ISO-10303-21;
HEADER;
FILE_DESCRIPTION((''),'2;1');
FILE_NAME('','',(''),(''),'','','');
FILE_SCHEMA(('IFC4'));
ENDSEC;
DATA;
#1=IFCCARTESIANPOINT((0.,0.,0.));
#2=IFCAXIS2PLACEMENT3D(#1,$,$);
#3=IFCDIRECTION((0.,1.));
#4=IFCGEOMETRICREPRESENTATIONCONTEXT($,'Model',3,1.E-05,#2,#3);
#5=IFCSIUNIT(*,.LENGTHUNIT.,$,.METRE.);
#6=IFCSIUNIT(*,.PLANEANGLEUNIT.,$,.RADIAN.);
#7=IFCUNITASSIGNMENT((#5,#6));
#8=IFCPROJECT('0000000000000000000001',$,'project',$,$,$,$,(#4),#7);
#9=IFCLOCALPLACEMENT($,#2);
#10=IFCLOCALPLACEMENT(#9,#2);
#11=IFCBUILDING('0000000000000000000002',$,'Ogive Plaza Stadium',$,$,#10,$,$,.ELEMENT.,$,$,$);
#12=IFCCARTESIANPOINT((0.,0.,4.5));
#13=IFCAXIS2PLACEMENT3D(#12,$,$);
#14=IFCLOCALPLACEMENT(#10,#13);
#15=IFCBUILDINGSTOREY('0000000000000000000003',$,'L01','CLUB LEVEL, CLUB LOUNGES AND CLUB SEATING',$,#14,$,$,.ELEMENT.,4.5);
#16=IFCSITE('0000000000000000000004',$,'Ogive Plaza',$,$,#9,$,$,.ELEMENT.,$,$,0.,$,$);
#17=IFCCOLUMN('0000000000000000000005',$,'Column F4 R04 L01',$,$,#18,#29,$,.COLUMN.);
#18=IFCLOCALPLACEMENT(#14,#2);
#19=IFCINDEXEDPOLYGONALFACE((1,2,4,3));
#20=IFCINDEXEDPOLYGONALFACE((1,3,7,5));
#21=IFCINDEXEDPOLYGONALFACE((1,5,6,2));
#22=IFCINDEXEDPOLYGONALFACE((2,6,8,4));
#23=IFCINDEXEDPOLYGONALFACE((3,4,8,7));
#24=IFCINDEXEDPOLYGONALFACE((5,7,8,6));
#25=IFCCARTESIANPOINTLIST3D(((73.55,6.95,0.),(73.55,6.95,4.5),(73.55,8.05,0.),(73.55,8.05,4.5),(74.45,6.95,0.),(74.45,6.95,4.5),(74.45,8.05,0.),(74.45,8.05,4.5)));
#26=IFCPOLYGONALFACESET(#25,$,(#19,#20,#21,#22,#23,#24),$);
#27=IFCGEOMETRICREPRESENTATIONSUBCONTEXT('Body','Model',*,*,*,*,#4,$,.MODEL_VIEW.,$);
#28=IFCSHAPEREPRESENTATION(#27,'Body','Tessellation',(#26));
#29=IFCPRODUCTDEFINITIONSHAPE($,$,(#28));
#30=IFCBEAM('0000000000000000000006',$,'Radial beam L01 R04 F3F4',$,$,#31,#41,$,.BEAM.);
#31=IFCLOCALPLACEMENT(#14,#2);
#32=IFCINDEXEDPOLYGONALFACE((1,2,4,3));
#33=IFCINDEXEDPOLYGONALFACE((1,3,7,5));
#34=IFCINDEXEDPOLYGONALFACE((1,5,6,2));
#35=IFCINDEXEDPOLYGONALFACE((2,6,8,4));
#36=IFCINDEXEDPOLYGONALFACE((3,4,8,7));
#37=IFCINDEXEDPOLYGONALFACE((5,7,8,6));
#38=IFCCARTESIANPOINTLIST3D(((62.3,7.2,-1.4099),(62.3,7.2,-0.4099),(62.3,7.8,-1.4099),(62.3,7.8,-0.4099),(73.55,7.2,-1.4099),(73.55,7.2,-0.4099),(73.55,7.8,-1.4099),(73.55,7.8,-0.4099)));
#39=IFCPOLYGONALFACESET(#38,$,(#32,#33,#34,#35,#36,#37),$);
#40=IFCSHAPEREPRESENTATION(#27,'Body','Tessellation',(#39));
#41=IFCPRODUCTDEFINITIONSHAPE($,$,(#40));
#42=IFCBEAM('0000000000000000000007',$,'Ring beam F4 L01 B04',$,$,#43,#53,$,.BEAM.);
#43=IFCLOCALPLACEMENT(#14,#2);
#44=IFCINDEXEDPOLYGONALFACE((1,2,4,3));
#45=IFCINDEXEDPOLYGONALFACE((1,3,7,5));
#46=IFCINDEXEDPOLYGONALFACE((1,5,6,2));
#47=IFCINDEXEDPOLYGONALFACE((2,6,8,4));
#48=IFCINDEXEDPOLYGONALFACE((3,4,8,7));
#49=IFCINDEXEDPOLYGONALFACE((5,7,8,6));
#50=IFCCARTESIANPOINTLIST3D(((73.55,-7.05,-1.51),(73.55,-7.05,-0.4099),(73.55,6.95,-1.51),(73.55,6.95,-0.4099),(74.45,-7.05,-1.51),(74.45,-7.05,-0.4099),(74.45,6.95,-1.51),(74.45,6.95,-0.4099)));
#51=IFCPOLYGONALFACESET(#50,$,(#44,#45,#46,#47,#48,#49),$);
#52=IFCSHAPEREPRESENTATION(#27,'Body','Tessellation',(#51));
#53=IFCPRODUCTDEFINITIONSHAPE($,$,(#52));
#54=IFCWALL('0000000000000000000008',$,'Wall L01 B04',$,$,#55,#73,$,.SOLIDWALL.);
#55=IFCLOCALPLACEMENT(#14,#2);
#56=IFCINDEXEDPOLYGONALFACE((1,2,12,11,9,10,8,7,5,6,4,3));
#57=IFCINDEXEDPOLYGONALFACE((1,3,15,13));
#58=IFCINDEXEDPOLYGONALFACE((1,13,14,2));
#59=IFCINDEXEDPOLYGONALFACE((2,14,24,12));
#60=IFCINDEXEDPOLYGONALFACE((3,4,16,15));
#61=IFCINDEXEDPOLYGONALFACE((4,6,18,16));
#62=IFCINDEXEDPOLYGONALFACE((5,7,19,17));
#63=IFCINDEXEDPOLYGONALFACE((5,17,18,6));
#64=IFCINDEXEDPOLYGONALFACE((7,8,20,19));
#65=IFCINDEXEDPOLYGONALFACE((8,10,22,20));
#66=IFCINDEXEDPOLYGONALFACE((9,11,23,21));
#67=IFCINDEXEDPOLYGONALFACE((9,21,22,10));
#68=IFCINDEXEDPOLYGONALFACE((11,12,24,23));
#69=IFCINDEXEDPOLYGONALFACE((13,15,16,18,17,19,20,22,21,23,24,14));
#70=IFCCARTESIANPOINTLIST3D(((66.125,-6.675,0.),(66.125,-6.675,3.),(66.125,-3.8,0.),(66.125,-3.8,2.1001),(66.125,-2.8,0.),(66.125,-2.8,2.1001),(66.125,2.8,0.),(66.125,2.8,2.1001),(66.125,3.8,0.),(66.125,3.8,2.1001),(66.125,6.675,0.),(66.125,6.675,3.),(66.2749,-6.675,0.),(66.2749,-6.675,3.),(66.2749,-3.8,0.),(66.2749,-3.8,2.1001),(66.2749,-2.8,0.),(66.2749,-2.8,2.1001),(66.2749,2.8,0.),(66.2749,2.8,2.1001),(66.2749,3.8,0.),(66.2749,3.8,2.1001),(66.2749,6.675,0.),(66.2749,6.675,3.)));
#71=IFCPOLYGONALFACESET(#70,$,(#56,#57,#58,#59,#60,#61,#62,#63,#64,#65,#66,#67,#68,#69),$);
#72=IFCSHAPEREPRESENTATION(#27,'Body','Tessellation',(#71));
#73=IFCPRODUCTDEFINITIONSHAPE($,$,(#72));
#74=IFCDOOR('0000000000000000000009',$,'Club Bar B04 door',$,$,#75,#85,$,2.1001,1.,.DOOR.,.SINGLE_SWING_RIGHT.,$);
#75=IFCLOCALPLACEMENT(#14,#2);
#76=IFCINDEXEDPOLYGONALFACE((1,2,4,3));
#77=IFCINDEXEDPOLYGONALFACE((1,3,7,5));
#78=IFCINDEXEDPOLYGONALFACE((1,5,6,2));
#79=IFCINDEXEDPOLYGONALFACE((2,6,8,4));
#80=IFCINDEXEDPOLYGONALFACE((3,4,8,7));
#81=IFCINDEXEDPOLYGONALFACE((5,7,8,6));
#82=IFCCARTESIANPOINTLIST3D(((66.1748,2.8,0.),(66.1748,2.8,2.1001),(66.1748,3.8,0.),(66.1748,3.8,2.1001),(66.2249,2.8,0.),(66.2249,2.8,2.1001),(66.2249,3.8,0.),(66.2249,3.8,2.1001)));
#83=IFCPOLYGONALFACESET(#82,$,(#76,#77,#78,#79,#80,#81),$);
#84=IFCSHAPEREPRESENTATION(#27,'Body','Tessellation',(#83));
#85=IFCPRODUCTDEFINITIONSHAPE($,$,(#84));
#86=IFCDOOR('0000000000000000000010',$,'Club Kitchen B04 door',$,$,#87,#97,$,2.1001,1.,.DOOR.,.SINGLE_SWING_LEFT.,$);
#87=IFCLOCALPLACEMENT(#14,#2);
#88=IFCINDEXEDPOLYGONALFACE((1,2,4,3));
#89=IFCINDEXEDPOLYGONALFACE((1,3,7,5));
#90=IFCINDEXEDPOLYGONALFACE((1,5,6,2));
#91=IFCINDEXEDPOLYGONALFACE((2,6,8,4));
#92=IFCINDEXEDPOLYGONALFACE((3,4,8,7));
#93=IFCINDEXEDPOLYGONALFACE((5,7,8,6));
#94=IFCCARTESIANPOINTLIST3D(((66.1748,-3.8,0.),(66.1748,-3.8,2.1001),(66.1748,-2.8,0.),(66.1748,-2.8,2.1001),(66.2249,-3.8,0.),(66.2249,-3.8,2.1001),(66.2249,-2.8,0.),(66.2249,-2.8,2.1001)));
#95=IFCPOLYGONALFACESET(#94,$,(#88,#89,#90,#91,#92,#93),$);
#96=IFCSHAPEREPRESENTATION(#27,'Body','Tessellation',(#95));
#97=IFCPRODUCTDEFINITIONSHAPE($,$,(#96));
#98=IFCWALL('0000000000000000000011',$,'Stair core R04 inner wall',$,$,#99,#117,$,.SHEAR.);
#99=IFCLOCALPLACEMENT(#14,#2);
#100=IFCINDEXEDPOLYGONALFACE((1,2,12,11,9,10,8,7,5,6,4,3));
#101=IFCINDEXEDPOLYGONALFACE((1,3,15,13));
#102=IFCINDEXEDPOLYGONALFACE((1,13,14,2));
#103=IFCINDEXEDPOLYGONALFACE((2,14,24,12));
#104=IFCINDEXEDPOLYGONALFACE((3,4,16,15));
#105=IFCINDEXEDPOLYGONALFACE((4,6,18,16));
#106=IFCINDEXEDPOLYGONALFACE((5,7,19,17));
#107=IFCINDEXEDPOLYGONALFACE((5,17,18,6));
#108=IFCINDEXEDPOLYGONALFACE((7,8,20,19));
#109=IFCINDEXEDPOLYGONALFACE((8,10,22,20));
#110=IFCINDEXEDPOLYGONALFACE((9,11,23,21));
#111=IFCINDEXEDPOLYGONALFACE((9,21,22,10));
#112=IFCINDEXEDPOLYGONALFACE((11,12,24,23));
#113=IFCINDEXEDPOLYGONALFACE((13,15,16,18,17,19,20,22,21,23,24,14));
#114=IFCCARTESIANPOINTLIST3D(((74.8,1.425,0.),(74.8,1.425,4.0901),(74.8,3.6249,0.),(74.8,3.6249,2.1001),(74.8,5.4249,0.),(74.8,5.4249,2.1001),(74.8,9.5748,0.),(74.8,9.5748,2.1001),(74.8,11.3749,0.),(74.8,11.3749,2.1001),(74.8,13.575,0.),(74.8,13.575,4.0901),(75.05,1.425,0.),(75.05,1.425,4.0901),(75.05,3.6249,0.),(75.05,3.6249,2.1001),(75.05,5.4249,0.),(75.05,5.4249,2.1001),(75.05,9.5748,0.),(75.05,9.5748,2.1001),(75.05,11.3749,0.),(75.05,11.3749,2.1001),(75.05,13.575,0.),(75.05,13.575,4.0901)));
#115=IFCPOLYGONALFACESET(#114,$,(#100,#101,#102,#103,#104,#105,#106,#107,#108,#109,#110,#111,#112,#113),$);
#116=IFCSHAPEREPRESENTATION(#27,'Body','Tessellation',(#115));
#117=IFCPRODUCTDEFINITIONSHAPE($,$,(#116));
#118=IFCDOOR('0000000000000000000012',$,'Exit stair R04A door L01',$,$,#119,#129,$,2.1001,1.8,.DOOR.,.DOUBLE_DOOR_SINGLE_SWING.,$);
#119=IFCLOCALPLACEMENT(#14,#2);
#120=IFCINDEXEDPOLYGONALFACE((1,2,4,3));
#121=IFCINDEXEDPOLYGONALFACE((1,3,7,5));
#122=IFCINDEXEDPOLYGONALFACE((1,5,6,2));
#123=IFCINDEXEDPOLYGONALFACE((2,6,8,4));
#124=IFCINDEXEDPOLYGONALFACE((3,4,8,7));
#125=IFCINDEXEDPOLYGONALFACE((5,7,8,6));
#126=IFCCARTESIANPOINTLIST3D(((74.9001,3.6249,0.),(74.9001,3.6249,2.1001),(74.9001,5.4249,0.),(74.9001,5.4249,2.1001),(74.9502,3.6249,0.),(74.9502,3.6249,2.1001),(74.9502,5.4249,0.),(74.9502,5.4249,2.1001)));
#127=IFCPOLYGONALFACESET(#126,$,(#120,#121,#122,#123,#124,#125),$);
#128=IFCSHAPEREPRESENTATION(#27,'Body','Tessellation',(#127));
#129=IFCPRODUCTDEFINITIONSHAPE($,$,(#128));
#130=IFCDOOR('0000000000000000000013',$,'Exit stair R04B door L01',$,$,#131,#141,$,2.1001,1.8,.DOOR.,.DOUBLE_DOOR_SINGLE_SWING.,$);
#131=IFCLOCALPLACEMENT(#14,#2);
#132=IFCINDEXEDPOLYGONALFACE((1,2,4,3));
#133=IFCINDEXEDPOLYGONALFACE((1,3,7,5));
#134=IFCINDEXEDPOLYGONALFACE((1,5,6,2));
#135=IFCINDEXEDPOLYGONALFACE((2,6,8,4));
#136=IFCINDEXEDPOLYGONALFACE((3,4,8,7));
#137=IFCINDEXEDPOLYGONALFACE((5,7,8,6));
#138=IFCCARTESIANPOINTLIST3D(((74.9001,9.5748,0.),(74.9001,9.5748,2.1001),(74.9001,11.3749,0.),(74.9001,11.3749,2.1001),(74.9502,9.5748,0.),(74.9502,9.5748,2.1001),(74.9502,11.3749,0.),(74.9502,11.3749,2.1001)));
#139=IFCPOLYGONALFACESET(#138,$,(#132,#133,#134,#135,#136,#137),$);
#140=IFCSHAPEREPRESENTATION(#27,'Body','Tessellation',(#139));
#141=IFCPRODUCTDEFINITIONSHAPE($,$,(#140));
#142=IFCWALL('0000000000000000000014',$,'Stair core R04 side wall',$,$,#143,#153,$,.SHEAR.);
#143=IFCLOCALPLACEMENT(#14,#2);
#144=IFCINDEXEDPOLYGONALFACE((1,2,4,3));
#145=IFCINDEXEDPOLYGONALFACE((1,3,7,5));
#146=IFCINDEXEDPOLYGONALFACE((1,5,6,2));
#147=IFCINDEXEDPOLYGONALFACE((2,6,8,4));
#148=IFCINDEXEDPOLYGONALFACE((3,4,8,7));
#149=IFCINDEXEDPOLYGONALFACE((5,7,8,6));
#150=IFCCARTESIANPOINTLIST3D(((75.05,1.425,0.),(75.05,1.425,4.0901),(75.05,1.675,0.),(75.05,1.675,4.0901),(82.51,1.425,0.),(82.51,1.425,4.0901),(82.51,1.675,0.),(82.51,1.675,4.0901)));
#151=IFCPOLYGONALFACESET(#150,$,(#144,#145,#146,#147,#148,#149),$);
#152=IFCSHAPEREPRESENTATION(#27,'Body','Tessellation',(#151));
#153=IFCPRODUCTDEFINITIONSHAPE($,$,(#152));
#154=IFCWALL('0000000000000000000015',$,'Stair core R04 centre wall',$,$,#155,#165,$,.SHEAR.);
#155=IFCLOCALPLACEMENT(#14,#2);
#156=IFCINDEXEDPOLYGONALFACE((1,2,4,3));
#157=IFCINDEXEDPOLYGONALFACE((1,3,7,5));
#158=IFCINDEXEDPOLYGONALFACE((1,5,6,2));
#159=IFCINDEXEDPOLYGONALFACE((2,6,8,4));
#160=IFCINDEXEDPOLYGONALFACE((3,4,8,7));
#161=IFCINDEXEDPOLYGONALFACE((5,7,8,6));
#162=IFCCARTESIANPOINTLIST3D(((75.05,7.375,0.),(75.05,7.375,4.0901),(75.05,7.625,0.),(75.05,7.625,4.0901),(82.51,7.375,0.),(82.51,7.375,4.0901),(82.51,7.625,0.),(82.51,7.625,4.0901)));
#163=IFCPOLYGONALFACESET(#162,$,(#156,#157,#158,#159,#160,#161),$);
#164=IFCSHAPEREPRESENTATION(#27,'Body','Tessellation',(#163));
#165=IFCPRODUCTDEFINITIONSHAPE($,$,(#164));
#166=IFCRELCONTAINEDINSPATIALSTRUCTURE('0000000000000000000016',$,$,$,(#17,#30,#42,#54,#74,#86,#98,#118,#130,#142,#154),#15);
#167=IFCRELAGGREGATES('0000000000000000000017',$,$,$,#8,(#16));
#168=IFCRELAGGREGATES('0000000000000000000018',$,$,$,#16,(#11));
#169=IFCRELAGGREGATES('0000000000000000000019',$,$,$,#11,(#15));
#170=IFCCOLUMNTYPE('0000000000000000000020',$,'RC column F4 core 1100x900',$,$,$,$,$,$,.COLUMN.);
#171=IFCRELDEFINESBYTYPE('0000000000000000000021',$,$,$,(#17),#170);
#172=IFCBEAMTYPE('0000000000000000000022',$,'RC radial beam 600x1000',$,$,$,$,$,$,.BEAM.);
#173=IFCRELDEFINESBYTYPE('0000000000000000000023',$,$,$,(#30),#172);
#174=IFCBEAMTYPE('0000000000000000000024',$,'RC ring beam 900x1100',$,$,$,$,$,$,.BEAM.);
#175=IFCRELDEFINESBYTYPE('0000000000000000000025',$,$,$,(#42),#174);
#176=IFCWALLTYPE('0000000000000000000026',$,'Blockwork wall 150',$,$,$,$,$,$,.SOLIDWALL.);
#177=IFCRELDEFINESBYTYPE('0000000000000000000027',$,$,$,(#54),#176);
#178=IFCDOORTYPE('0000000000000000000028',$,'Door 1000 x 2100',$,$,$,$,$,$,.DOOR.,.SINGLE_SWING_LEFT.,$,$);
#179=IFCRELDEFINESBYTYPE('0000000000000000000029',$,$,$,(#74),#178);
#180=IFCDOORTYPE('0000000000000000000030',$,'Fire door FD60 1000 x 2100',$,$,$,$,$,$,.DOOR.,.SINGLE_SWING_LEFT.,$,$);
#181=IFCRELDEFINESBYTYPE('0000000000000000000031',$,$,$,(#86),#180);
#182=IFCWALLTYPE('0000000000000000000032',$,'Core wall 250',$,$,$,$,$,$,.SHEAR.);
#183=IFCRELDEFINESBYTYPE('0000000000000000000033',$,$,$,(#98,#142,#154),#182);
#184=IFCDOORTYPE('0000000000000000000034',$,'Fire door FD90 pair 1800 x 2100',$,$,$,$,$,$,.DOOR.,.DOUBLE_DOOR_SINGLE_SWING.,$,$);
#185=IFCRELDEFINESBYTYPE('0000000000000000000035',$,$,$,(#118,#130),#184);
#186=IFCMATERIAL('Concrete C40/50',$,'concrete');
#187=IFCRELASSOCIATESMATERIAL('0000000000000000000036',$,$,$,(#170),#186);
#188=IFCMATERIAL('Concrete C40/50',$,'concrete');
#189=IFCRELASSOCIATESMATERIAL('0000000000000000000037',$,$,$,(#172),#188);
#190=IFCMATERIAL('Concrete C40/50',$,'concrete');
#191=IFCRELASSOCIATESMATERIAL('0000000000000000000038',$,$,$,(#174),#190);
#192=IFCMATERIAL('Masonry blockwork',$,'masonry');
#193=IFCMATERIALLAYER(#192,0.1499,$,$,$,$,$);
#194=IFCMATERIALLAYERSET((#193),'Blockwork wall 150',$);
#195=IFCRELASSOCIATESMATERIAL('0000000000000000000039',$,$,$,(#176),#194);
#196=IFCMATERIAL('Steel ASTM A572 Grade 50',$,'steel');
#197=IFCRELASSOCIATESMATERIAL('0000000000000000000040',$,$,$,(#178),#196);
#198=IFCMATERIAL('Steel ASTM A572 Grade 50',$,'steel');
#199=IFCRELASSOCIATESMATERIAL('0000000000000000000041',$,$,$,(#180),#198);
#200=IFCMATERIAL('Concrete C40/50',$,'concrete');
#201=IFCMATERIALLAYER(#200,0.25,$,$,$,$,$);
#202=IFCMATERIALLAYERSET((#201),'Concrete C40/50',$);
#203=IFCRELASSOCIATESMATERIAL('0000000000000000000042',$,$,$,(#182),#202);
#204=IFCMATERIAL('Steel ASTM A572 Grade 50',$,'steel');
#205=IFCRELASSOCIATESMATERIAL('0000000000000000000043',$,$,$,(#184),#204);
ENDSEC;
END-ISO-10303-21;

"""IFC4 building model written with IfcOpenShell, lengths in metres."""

from ifc_helpers import new_model, si_unit, direction, frame, frame_2d, origin, origin_2d, place, context, subcontext, project, spatial, rectangle, extrude, material, layer, layer_set, material_profile, profile_set, type_object, element, fill, save


model = new_model("IFC4")

# Units and contexts
model_context = context("Model", 3, precision=1e-05, world=origin(), true_north=direction((0.0, 1.0)))
body_context = subcontext(model_context, "Body", "Model", "MODEL_VIEW")
ifc_project = project(units=[si_unit("LENGTHUNIT", "METRE"), si_unit("PLANEANGLEUNIT", "RADIAN")], contexts=[model_context])

# Site, building, storey
site_placement = place(None, origin())
site = spatial("IfcSite", under=ifc_project, at=site_placement, Name="Ogive Plaza", CompositionType="ELEMENT", RefElevation=0.0)
building_placement = place(site_placement, origin())
building = spatial("IfcBuilding", under=site, at=building_placement, Name="Ogive Plaza Stadium", CompositionType="ELEMENT")
storey_placement = place(building_placement, frame((0.0, 0.0, 4.5)))
storey = spatial("IfcBuildingStorey", under=building, at=storey_placement, Name="L01", Description="CLUB LEVEL, CLUB LOUNGES AND CLUB SEATING", CompositionType="ELEMENT", Elevation=4.5)

# Column
ifc_material_1 = material(Name="Concrete C40/50", Category="concrete")
ifc_material_profile_1 = material_profile(ifc_material_1, rectangle(XDim=1.1001, YDim=0.8999, at=origin_2d()), Name="RC 1100x900")
ifc_profile_set_1 = profile_set([ifc_material_profile_1], Name="Concrete C40/50")
column_type = type_object("IfcColumnType", Name="RC column F4 core 1100x900", PredefinedType="COLUMN", material=ifc_profile_set_1)
column_placement = place(storey_placement, frame((74.0, 7.5, 0.0), z_axis=(0.0, 0.0, 1.0), x_axis=(0.0, 1.0, 0.0)))
element("IfcColumn", 1, at=column_placement, inside=storey, type_object=column_type, Name="Column F4 R04 L01", PredefinedType="COLUMN", context=body_context, shape_type="SweptSolid", body=[
    extrude(rectangle(XDim=1.1001, YDim=0.8999, at=origin_2d()), origin(), (0.0, 0.0, 1.0), 4.5),
])

# Beams
ifc_material_2 = material(Name="Concrete C40/50", Category="concrete")
ifc_material_profile_2 = material_profile(ifc_material_2, rectangle(XDim=0.6001, YDim=1.0, at=origin_2d()), Name="RC 600x1000")
ifc_profile_set_2 = profile_set([ifc_material_profile_2], Name="Concrete C40/50")
beam_type_1 = type_object("IfcBeamType", Name="RC radial beam 600x1000", PredefinedType="BEAM", material=ifc_profile_set_2)
beam_1_placement = place(storey_placement, frame((62.3, 7.5, -0.9099), z_axis=(1.0, 0.0, 0.0), x_axis=(0.0, 1.0, 0.0)))
element("IfcBeam", 2, at=beam_1_placement, inside=storey, type_object=beam_type_1, Name="Radial beam L01 R04 F3F4", PredefinedType="BEAM", context=body_context, shape_type="SweptSolid", body=[
    extrude(rectangle(XDim=0.6001, YDim=1.0, at=origin_2d()), origin(), (0.0, 0.0, 1.0), 11.25),
])
ifc_material_3 = material(Name="Concrete C40/50", Category="concrete")
ifc_material_profile_3 = material_profile(ifc_material_3, rectangle(XDim=0.8999, YDim=1.1001, at=origin_2d()), Name="RC 900x1100")
ifc_profile_set_3 = profile_set([ifc_material_profile_3], Name="Concrete C40/50")
beam_type_2 = type_object("IfcBeamType", Name="RC ring beam 900x1100", PredefinedType="BEAM", material=ifc_profile_set_3)
beam_2_placement = place(storey_placement, frame((74.0, 6.95, -0.96), z_axis=(0.0, -1.0, 0.0), x_axis=(1.0, 0.0, 0.0)))
element("IfcBeam", 3, at=beam_2_placement, inside=storey, type_object=beam_type_2, Name="Ring beam F4 L01 B04", PredefinedType="BEAM", context=body_context, shape_type="SweptSolid", body=[
    extrude(rectangle(XDim=0.8999, YDim=1.1001, at=origin_2d()), origin(), (0.0, 0.0, 1.0), 14.0),
])

# Walls, openings, doors
ifc_material_4 = material(Name="Masonry blockwork", Category="masonry")
ifc_layer_1 = layer(ifc_material_4, 0.1499)
ifc_layer_set_1 = layer_set([ifc_layer_1], Name="Blockwork wall 150")
wall_type_1 = type_object("IfcWallType", Name="Blockwork wall 150", PredefinedType="SOLIDWALL", material=ifc_layer_set_1)
wall_1_placement = place(storey_placement, frame((66.2, 6.675, 0.0), z_axis=(0.0, 0.0, 1.0), x_axis=(0.0, -1.0, 0.0)))
wall_1 = element("IfcWall", 4, at=wall_1_placement, inside=storey, type_object=wall_type_1, Name="Wall L01 B04", PredefinedType="SOLIDWALL", context=body_context, shape_type="SweptSolid", body=[
    extrude(rectangle(XDim=13.3501, YDim=0.1499, at=frame_2d((6.675, 0.0))), origin(), (0.0, 0.0, 1.0), 3.0),
])
opening_1_placement = place(wall_1_placement, frame((2.875, 0.0, 0.0)))
opening_1 = element("IfcOpeningElement", 5, at=opening_1_placement, cuts=wall_1, PredefinedType="OPENING", context=body_context, shape_type="SweptSolid", body=[
    extrude(rectangle(XDim=1.0, YDim=2.1001, at=frame_2d((0.5, 1.05))), frame((0.0, 0.075, 0.0), z_axis=(0.0, -1.0, 0.0), x_axis=(1.0, 0.0, 0.0)), (0.0, 0.0, 1.0), 0.1499),
])
opening_2_placement = place(wall_1_placement, frame((9.4751, 0.0, 0.0)))
opening_2 = element("IfcOpeningElement", 6, at=opening_2_placement, cuts=wall_1, PredefinedType="OPENING", context=body_context, shape_type="SweptSolid", body=[
    extrude(rectangle(XDim=1.0, YDim=2.1001, at=frame_2d((0.5, 1.05))), frame((0.0, 0.075, 0.0), z_axis=(0.0, -1.0, 0.0), x_axis=(1.0, 0.0, 0.0)), (0.0, 0.0, 1.0), 0.1499),
])
ifc_material_5 = material(Name="Steel ASTM A572 Grade 50", Category="steel")
door_type_1 = type_object("IfcDoorType", Name="Door 1000 x 2100", OperationType="SINGLE_SWING_LEFT", PredefinedType="DOOR", material=ifc_material_5)
door_1_placement = place(opening_1_placement, origin())
door_1 = element("IfcDoor", 7, at=door_1_placement, inside=storey, type_object=door_type_1, Name="Club Bar B04 door", OperationType="SINGLE_SWING_RIGHT", OverallHeight=2.1001, OverallWidth=1.0, PredefinedType="DOOR", context=body_context, shape_type="SweptSolid", body=[
    extrude(rectangle(XDim=1.0, YDim=2.1001, at=frame_2d((0.5, 1.05))), frame((0.0, 0.0249, 0.0), z_axis=(0.0, -1.0, 0.0), x_axis=(1.0, 0.0, 0.0)), (0.0, 0.0, 1.0), 0.05),
])
fill(opening_1, door_1)
ifc_material_6 = material(Name="Steel ASTM A572 Grade 50", Category="steel")
door_type_2 = type_object("IfcDoorType", Name="Fire door FD60 1000 x 2100", OperationType="SINGLE_SWING_LEFT", PredefinedType="DOOR", material=ifc_material_6)
door_2_placement = place(opening_2_placement, origin())
door_2 = element("IfcDoor", 8, at=door_2_placement, inside=storey, type_object=door_type_2, Name="Club Kitchen B04 door", OperationType="SINGLE_SWING_LEFT", OverallHeight=2.1001, OverallWidth=1.0, PredefinedType="DOOR", context=body_context, shape_type="SweptSolid", body=[
    extrude(rectangle(XDim=1.0, YDim=2.1001, at=frame_2d((0.5, 1.05))), frame((0.0, 0.0249, 0.0), z_axis=(0.0, -1.0, 0.0), x_axis=(1.0, 0.0, 0.0)), (0.0, 0.0, 1.0), 0.05),
])
fill(opening_2, door_2)
ifc_material_7 = material(Name="Concrete C40/50", Category="concrete")
ifc_layer_2 = layer(ifc_material_7, 0.25)
ifc_layer_set_2 = layer_set([ifc_layer_2], Name="Concrete C40/50")
wall_type_2 = type_object("IfcWallType", Name="Core wall 250", PredefinedType="SHEAR", material=ifc_layer_set_2)
wall_2_placement = place(storey_placement, frame((74.925, 1.425, 0.0), z_axis=(0.0, 0.0, 1.0), x_axis=(0.0, 1.0, 0.0)))
wall_2 = element("IfcWall", 9, at=wall_2_placement, inside=storey, type_object=wall_type_2, Name="Stair core R04 inner wall", PredefinedType="SHEAR", context=body_context, shape_type="SweptSolid", body=[
    extrude(rectangle(XDim=12.1499, YDim=0.25, at=frame_2d((6.075, 0.0))), origin(), (0.0, 0.0, 1.0), 4.0901),
])
opening_3_placement = place(wall_2_placement, frame((2.2, 0.0, 0.0)))
opening_3 = element("IfcOpeningElement", 10, at=opening_3_placement, cuts=wall_2, PredefinedType="OPENING", context=body_context, shape_type="SweptSolid", body=[
    extrude(rectangle(XDim=1.8, YDim=2.1001, at=frame_2d((0.8999, 1.05))), frame((0.0, 0.125, 0.0), z_axis=(0.0, -1.0, 0.0), x_axis=(1.0, 0.0, 0.0)), (0.0, 0.0, 1.0), 0.25),
])
opening_4_placement = place(wall_2_placement, frame((8.1499, 0.0, 0.0)))
opening_4 = element("IfcOpeningElement", 11, at=opening_4_placement, cuts=wall_2, PredefinedType="OPENING", context=body_context, shape_type="SweptSolid", body=[
    extrude(rectangle(XDim=1.8, YDim=2.1001, at=frame_2d((0.8999, 1.05))), frame((0.0, 0.125, 0.0), z_axis=(0.0, -1.0, 0.0), x_axis=(1.0, 0.0, 0.0)), (0.0, 0.0, 1.0), 0.25),
])
ifc_material_8 = material(Name="Steel ASTM A572 Grade 50", Category="steel")
door_type_3 = type_object("IfcDoorType", Name="Fire door FD90 pair 1800 x 2100", OperationType="DOUBLE_DOOR_SINGLE_SWING", PredefinedType="DOOR", material=ifc_material_8)
door_3_placement = place(opening_3_placement, origin())
door_3 = element("IfcDoor", 12, at=door_3_placement, inside=storey, type_object=door_type_3, Name="Exit stair R04A door L01", OperationType="DOUBLE_DOOR_SINGLE_SWING", OverallHeight=2.1001, OverallWidth=1.8, PredefinedType="DOOR", context=body_context, shape_type="SweptSolid", body=[
    extrude(rectangle(XDim=1.8, YDim=2.1001, at=frame_2d((0.8999, 1.05))), frame((0.0, 0.0249, 0.0), z_axis=(0.0, -1.0, 0.0), x_axis=(1.0, 0.0, 0.0)), (0.0, 0.0, 1.0), 0.05),
])
fill(opening_3, door_3)
door_4_placement = place(opening_4_placement, origin())
door_4 = element("IfcDoor", 13, at=door_4_placement, inside=storey, type_object=door_type_3, Name="Exit stair R04B door L01", OperationType="DOUBLE_DOOR_SINGLE_SWING", OverallHeight=2.1001, OverallWidth=1.8, PredefinedType="DOOR", context=body_context, shape_type="SweptSolid", body=[
    extrude(rectangle(XDim=1.8, YDim=2.1001, at=frame_2d((0.8999, 1.05))), frame((0.0, 0.0249, 0.0), z_axis=(0.0, -1.0, 0.0), x_axis=(1.0, 0.0, 0.0)), (0.0, 0.0, 1.0), 0.05),
])
fill(opening_4, door_4)

# Walls
for number, where, z_axis, x_axis, name in (
    (14, (75.05, 1.55, 0.0), (0.0, 0.0, 1.0), (1.0, 0.0, 0.0), "Stair core R04 side wall"),
    (15, (75.05, 7.5, 0.0), (0.0, 0.0, 1.0), (1.0, 0.0, 0.0), "Stair core R04 centre wall"),
):
    element("IfcWall", number, at=place(storey_placement, frame(where, z_axis=z_axis, x_axis=x_axis)), inside=storey, type_object=wall_type_2, Name=name, PredefinedType="SHEAR", context=body_context, shape_type="SweptSolid", body=[
        extrude(rectangle(XDim=7.46, YDim=0.25, at=frame_2d((3.73, 0.0))), origin(), (0.0, 0.0, 1.0), 4.0901),
    ])

save(model, "model.ifc")
